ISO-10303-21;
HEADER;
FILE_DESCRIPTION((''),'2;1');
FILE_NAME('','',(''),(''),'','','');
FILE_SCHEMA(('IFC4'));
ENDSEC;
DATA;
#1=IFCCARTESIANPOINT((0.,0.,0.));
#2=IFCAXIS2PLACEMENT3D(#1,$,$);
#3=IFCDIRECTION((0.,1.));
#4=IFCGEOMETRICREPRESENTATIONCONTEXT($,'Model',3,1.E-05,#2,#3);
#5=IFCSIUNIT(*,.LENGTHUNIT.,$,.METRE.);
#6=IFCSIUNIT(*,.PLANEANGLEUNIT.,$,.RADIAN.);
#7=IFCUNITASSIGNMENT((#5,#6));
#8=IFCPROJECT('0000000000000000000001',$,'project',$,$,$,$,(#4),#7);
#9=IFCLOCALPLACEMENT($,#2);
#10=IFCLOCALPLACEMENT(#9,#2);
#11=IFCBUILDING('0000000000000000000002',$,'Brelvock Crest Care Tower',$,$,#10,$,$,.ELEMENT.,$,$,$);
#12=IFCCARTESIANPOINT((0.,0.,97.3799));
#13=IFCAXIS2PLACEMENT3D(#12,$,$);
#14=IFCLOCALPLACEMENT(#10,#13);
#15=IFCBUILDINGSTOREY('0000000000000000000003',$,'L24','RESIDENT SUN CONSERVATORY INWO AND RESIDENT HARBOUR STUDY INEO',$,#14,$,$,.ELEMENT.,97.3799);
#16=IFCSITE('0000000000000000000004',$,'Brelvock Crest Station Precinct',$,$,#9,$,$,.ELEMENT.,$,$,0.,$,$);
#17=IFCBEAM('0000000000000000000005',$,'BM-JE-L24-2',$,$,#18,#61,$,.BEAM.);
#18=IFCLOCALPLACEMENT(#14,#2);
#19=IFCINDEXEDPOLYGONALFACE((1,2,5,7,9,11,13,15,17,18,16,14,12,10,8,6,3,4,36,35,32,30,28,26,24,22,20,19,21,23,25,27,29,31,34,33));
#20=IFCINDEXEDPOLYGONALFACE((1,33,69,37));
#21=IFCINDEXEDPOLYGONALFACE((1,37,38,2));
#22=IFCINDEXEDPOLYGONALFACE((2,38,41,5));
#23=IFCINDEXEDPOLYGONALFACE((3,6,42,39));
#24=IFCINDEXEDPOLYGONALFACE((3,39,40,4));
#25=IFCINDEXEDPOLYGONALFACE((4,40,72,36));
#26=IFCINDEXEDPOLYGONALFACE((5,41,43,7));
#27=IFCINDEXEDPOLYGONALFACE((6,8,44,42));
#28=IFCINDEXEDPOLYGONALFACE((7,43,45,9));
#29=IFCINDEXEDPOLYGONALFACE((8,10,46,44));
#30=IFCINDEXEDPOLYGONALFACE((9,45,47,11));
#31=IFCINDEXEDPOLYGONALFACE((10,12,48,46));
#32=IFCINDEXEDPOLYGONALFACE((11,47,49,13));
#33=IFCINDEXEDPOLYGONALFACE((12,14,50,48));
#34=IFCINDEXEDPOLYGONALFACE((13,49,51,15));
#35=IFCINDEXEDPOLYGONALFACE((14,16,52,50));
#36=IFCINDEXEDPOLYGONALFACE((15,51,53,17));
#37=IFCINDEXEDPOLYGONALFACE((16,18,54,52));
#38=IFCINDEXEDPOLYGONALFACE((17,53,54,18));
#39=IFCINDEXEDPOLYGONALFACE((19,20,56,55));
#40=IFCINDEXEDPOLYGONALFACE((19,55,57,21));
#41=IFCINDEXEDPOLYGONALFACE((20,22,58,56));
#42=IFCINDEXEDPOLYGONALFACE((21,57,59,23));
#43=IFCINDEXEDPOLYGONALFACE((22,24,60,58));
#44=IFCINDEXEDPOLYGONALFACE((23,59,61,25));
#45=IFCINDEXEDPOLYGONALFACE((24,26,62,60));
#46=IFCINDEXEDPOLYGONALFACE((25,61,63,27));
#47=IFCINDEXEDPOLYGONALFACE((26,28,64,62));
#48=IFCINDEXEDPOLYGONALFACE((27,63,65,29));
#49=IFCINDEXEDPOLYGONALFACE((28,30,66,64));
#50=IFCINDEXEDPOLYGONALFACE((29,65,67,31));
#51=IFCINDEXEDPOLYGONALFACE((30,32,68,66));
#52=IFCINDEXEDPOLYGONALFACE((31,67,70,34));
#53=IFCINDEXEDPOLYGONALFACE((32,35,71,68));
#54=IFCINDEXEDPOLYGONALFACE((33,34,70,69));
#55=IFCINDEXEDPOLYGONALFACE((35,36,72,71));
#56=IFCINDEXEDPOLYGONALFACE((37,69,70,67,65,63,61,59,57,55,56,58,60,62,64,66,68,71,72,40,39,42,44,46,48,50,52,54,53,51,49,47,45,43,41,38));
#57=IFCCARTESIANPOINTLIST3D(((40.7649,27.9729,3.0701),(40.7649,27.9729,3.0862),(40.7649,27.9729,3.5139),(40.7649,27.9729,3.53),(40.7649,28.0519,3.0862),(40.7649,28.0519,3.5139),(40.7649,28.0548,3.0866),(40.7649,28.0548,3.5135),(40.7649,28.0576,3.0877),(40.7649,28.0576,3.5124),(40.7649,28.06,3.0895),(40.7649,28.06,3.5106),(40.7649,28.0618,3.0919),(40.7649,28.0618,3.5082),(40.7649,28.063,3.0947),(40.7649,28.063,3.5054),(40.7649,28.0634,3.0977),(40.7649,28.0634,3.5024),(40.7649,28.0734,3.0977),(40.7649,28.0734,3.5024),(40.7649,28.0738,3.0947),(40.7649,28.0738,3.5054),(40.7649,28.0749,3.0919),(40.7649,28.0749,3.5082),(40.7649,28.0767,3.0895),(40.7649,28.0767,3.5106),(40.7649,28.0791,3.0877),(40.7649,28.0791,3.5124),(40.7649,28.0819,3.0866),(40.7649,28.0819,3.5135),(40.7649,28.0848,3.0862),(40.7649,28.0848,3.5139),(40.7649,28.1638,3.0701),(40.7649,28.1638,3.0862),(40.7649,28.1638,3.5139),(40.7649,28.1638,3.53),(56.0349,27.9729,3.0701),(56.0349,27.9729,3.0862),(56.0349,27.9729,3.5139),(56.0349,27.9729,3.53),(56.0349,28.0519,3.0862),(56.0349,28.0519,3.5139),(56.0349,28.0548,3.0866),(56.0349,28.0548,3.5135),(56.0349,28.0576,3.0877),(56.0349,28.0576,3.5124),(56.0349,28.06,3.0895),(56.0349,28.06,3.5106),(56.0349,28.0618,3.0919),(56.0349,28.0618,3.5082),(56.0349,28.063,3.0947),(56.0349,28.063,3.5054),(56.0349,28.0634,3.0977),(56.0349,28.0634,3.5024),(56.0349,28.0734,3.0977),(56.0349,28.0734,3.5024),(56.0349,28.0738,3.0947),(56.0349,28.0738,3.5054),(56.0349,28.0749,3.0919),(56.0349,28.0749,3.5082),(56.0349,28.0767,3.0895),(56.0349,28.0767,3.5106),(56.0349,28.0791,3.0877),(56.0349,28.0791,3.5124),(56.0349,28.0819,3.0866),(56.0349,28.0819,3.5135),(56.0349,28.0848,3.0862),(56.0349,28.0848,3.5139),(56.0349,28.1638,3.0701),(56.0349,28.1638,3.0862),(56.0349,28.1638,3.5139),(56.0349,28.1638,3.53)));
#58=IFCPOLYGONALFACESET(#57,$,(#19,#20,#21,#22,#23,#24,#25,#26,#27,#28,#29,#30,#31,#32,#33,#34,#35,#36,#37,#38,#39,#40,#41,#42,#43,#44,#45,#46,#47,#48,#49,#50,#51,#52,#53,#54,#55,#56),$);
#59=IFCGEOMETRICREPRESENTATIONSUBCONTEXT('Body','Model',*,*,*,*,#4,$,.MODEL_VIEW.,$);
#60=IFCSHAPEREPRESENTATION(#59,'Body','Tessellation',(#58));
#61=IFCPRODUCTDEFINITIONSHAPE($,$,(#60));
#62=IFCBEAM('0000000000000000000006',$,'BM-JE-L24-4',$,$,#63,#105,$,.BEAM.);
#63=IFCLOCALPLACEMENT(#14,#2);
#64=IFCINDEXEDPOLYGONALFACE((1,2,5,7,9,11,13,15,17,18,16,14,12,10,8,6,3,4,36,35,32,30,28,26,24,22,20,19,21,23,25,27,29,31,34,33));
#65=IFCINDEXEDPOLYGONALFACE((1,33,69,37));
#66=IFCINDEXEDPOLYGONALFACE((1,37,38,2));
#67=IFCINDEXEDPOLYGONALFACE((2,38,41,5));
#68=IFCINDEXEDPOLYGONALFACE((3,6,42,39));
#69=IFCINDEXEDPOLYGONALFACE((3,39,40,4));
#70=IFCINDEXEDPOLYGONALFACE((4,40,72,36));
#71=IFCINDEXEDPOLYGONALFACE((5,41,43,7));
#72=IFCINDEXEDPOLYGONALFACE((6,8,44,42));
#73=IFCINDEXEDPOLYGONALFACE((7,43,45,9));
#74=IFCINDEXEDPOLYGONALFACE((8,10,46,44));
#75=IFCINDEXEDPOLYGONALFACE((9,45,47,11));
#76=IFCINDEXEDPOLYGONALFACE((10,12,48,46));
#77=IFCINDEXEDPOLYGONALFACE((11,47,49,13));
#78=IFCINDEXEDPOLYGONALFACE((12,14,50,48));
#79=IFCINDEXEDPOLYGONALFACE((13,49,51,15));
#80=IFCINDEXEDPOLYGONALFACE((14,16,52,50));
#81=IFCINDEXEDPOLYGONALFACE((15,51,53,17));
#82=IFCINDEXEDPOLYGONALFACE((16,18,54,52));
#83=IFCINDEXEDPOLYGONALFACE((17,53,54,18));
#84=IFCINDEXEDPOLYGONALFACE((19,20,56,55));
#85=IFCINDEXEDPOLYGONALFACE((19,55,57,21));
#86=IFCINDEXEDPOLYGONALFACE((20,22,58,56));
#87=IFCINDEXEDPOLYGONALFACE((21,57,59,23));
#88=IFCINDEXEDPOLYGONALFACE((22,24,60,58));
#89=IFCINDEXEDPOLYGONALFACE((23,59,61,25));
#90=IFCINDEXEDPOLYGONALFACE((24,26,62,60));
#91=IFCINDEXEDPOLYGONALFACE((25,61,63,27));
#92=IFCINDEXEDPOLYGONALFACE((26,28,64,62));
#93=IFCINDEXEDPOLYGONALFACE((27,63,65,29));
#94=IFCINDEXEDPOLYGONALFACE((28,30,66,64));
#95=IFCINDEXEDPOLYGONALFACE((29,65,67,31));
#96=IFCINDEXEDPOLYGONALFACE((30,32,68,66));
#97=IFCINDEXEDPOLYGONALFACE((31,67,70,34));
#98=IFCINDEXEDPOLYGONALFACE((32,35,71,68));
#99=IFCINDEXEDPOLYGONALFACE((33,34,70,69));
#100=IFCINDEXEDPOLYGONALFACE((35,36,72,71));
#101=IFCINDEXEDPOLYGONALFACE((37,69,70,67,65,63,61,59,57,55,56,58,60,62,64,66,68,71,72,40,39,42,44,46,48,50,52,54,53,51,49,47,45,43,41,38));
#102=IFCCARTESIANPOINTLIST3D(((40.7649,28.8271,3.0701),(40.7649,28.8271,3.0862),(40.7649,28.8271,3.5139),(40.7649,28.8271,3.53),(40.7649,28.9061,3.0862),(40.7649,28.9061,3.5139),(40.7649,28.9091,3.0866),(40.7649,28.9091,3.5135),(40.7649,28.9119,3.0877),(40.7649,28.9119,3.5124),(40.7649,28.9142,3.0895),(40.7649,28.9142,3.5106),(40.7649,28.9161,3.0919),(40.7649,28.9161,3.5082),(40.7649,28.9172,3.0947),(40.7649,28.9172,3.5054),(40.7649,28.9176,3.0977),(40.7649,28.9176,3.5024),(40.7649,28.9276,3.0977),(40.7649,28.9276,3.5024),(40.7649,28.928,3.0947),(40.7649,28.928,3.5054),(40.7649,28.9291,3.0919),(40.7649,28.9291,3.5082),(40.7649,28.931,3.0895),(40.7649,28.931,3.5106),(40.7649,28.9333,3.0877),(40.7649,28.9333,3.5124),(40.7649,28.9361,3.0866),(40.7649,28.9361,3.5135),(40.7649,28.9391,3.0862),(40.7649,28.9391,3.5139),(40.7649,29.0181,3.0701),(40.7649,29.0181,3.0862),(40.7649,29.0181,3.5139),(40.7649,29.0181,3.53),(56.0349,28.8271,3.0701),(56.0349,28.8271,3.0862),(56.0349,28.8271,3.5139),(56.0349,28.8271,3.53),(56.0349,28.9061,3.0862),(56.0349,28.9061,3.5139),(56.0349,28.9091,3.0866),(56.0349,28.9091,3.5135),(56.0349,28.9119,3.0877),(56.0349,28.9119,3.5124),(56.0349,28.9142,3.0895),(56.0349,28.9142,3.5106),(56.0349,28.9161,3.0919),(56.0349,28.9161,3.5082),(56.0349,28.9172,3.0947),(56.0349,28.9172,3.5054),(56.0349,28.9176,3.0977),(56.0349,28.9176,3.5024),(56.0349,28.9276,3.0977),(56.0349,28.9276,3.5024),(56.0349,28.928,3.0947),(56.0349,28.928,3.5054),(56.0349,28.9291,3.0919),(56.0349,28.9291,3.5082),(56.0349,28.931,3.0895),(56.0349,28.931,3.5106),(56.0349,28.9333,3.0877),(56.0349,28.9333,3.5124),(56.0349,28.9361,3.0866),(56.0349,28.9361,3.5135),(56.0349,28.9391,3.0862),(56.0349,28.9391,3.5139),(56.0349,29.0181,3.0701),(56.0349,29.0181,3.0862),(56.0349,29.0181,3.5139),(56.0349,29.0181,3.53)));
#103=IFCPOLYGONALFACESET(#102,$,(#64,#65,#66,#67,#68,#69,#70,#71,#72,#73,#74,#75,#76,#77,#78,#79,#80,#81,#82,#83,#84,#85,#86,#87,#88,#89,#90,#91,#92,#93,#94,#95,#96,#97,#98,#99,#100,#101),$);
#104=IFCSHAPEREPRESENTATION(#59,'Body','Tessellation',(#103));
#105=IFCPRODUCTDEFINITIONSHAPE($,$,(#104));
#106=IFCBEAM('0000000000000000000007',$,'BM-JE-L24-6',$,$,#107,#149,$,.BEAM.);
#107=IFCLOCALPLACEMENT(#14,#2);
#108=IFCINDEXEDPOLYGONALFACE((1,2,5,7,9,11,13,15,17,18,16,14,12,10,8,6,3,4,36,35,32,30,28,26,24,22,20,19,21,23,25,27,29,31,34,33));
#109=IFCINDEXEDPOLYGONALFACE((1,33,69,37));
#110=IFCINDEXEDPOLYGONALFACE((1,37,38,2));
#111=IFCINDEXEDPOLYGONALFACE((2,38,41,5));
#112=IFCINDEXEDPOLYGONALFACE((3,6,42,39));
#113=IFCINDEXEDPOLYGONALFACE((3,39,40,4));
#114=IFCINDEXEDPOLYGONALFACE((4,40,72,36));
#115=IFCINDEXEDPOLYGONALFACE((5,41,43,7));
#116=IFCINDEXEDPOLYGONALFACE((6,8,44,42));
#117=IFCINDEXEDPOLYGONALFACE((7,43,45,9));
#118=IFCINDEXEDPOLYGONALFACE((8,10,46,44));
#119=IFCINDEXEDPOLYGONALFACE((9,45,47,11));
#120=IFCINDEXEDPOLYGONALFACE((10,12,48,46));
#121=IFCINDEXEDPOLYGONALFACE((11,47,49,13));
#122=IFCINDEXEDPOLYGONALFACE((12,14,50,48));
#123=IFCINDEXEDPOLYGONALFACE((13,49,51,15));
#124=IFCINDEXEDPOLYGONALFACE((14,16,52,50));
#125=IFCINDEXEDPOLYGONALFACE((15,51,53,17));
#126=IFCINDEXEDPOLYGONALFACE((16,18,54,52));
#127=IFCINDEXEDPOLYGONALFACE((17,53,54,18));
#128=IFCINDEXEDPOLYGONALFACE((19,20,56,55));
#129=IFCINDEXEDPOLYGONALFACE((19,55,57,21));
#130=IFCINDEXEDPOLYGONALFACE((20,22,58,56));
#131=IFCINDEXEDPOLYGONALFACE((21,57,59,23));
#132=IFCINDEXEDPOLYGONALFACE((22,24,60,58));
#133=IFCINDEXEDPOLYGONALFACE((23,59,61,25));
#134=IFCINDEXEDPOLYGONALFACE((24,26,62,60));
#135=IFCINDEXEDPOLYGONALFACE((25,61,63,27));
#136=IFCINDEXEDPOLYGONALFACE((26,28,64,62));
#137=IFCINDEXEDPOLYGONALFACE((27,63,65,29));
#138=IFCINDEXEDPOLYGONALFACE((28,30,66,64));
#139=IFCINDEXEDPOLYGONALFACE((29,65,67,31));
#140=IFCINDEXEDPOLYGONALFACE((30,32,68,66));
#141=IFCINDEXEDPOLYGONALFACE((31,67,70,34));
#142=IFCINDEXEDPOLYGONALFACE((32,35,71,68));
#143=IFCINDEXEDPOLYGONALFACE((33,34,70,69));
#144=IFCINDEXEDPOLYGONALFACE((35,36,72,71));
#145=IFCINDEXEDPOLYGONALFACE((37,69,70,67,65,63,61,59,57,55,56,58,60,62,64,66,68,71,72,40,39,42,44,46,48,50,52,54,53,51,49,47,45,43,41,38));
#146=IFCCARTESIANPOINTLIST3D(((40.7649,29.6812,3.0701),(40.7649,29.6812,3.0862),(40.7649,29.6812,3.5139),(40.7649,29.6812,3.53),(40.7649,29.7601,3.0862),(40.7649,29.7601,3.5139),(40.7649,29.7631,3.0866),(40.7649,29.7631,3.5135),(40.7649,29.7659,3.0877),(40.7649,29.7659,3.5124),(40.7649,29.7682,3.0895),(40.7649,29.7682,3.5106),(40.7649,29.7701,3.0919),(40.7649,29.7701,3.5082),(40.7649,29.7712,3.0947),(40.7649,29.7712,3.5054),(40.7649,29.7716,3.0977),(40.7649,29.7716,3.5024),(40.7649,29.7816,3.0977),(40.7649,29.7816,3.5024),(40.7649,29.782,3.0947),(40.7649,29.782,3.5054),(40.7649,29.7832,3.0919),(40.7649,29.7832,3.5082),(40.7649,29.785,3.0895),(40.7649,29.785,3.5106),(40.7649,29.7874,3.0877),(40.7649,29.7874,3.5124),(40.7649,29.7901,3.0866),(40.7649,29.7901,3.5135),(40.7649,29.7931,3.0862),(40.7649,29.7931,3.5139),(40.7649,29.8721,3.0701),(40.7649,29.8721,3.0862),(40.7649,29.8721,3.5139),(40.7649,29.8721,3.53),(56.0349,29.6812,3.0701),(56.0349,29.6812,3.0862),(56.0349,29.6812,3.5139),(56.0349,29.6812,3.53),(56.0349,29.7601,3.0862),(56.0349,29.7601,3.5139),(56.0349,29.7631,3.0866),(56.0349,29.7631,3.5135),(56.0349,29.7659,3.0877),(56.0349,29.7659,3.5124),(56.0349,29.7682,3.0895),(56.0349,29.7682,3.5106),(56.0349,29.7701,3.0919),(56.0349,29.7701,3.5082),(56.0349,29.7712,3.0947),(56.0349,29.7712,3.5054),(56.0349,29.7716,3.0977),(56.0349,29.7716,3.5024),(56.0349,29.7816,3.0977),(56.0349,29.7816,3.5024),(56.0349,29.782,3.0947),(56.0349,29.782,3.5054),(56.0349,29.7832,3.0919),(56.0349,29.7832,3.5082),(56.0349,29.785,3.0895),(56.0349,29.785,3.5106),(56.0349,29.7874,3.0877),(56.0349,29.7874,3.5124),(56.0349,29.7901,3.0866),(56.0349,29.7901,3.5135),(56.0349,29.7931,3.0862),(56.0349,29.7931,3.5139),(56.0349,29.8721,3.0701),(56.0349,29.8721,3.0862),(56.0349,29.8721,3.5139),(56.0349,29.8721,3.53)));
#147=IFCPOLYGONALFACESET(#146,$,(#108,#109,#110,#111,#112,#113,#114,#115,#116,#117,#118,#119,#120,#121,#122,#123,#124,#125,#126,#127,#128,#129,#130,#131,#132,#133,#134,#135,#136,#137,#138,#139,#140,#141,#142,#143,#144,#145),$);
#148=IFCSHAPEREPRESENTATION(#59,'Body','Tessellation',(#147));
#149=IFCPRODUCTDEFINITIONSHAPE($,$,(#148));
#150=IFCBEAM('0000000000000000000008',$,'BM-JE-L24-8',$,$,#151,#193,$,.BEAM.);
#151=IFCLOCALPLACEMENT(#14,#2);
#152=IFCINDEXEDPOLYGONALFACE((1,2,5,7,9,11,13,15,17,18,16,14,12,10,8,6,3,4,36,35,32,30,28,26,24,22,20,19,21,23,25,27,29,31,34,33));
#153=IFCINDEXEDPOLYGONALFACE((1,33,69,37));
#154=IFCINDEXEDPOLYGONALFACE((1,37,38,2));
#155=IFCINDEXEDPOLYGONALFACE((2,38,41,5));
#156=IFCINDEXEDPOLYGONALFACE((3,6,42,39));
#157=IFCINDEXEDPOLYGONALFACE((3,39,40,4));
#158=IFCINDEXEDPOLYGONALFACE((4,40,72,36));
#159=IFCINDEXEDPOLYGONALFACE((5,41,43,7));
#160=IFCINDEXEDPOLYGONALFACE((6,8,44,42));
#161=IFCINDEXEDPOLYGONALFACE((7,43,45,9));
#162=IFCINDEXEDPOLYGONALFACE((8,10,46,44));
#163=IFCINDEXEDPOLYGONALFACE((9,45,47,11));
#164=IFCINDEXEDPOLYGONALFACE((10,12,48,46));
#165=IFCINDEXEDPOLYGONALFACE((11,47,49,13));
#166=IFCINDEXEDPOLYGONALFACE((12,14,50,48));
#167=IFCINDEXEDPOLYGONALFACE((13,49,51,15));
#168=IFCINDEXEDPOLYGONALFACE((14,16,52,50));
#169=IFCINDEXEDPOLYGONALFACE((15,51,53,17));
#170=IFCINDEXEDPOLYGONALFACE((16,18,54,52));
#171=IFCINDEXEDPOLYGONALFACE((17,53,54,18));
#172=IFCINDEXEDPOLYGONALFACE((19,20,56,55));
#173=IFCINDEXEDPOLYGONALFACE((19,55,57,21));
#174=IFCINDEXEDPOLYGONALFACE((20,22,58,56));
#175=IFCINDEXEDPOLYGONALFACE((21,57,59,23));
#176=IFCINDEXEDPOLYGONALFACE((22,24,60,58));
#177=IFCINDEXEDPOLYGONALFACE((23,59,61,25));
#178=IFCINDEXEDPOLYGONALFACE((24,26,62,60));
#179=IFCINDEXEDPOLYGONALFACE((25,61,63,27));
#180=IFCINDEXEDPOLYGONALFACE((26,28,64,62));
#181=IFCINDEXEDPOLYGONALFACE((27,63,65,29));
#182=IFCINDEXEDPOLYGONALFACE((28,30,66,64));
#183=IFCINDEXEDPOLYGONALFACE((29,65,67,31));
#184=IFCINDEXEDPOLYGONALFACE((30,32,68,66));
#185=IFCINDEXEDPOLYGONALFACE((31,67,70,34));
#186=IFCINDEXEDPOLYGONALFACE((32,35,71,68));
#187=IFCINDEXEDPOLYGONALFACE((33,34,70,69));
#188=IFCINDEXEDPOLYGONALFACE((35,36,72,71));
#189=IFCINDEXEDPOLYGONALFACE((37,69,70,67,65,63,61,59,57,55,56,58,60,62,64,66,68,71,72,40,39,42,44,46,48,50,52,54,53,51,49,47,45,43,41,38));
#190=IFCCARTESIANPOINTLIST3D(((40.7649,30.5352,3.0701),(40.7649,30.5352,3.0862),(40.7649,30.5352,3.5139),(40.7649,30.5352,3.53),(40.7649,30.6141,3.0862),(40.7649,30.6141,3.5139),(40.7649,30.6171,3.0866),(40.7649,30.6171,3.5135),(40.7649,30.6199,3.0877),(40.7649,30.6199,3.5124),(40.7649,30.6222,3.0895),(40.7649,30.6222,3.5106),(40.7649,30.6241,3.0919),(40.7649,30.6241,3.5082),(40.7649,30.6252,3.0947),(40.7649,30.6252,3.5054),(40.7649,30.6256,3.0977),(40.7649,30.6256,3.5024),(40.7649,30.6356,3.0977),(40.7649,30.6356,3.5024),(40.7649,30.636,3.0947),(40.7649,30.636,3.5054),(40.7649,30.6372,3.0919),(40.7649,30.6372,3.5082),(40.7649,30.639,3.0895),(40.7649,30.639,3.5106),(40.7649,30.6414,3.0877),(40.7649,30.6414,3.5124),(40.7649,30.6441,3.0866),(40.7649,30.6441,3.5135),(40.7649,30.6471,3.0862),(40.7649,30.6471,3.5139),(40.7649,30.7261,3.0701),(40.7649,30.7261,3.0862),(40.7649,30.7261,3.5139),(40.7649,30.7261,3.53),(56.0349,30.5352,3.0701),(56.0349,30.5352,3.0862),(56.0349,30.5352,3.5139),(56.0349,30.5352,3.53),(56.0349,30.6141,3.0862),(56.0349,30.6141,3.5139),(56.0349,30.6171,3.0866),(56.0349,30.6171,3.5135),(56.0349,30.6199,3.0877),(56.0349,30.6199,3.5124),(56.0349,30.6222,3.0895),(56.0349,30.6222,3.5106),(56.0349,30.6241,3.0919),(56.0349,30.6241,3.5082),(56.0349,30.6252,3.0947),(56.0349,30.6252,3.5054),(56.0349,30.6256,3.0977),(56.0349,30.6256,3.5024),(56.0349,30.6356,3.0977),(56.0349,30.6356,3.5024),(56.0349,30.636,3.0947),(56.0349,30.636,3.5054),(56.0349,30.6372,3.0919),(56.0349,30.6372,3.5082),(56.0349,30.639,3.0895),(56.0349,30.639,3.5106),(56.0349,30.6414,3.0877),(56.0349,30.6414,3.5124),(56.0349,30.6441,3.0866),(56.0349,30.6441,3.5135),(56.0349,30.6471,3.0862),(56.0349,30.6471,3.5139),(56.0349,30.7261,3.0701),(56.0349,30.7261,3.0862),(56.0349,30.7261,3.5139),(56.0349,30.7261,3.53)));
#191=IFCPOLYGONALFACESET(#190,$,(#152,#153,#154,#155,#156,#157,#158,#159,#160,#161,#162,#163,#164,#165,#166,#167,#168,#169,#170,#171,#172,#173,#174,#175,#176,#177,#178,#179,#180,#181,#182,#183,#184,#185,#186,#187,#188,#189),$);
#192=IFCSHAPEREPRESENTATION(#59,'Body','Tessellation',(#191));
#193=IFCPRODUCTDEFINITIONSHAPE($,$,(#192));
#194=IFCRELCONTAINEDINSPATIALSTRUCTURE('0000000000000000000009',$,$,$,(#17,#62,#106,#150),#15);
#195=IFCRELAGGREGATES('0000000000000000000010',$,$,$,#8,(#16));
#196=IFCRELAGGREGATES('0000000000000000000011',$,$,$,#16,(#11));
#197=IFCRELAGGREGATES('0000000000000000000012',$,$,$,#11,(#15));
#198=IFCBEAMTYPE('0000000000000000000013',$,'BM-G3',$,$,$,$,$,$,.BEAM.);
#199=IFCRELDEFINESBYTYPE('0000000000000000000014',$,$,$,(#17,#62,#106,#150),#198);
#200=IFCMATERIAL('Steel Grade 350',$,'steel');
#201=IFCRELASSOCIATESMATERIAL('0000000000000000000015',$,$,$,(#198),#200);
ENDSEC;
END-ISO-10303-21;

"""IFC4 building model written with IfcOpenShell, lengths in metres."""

from ifc_helpers import new_model, si_unit, direction, frame, origin, origin_2d, place, context, subcontext, project, spatial, i_section, extrude, source, transform, mapped, material, material_profile, profile_set, type_object, element, save


model = new_model("IFC4")

# Units and contexts
model_context = context("Model", 3, precision=1e-05, world=origin(), true_north=direction((0.0, 1.0)))
body_context = subcontext(model_context, "Body", "Model", "MODEL_VIEW")
ifc_project = project(units=[si_unit("LENGTHUNIT", "METRE"), si_unit("PLANEANGLEUNIT", "RADIAN")], contexts=[model_context])

# Site, building, storey
site_placement = place(None, origin())
site = spatial("IfcSite", under=ifc_project, at=site_placement, Name="Brelvock Crest Station Precinct", CompositionType="ELEMENT", RefElevation=0.0)
building_placement = place(site_placement, origin())
building = spatial("IfcBuilding", under=site, at=building_placement, Name="Brelvock Crest Care Tower", CompositionType="ELEMENT")
storey_placement = place(building_placement, frame((0.0, 0.0, 97.3799)))
storey = spatial("IfcBuildingStorey", under=building, at=storey_placement, Name="L24", Description="RESIDENT SUN CONSERVATORY INWO AND RESIDENT HARBOUR STUDY INEO", CompositionType="ELEMENT", Elevation=97.3799)

# Shared definitions
ifc_material_1 = material(Name="Steel Grade 350", Category="steel")

# Beams
ifc_material_profile_1 = material_profile(ifc_material_1, i_section(OverallWidth=0.1909, OverallDepth=0.46, WebThickness=0.01, FlangeThickness=0.0161, FilletRadius=0.0115, at=origin_2d()), Name="460UB82.1")
ifc_profile_set_1 = profile_set([ifc_material_profile_1], Name="Steel Grade 350")
beam_type_1 = type_object("IfcBeamType", Name="BM-G3", PredefinedType="BEAM", material=ifc_profile_set_1)
shared_shape_1 = source(origin(), body_context, "Body", "SweptSolid", [
    extrude(i_section(OverallWidth=0.1909, OverallDepth=0.46, WebThickness=0.01, FlangeThickness=0.0161, FilletRadius=0.0115, at=origin_2d()), origin(), (0.0, 0.0, 1.0), 15.27),
])
for number, where, z_axis, x_axis, name in (
    (1, (40.7649, 28.0684, 3.3), (1.0, 0.0, 0.0), (0.0, 1.0, 0.0), "BM-JE-L24-2"),
    (2, (40.7649, 28.9226, 3.3), (1.0, 0.0, 0.0), (0.0, 1.0, 0.0), "BM-JE-L24-4"),
    (3, (40.7649, 29.7766, 3.3), (1.0, 0.0, 0.0), (0.0, 1.0, 0.0), "BM-JE-L24-6"),
    (4, (40.7649, 30.6306, 3.3), (1.0, 0.0, 0.0), (0.0, 1.0, 0.0), "BM-JE-L24-8"),
):
    element("IfcBeam", number, at=place(storey_placement, frame(where, z_axis=z_axis, x_axis=x_axis)), inside=storey, type_object=beam_type_1, Name=name, PredefinedType="BEAM", context=body_context, shape_type="MappedRepresentation", body=[
        mapped(shared_shape_1, transform((0.0, 0.0, 0.0), x_axis=(1.0, 0.0, 0.0), y_axis=(0.0, 1.0, 0.0), z_axis=(0.0, 0.0, 1.0), scale=1.0)),
    ])

save(model, "model.ifc")
